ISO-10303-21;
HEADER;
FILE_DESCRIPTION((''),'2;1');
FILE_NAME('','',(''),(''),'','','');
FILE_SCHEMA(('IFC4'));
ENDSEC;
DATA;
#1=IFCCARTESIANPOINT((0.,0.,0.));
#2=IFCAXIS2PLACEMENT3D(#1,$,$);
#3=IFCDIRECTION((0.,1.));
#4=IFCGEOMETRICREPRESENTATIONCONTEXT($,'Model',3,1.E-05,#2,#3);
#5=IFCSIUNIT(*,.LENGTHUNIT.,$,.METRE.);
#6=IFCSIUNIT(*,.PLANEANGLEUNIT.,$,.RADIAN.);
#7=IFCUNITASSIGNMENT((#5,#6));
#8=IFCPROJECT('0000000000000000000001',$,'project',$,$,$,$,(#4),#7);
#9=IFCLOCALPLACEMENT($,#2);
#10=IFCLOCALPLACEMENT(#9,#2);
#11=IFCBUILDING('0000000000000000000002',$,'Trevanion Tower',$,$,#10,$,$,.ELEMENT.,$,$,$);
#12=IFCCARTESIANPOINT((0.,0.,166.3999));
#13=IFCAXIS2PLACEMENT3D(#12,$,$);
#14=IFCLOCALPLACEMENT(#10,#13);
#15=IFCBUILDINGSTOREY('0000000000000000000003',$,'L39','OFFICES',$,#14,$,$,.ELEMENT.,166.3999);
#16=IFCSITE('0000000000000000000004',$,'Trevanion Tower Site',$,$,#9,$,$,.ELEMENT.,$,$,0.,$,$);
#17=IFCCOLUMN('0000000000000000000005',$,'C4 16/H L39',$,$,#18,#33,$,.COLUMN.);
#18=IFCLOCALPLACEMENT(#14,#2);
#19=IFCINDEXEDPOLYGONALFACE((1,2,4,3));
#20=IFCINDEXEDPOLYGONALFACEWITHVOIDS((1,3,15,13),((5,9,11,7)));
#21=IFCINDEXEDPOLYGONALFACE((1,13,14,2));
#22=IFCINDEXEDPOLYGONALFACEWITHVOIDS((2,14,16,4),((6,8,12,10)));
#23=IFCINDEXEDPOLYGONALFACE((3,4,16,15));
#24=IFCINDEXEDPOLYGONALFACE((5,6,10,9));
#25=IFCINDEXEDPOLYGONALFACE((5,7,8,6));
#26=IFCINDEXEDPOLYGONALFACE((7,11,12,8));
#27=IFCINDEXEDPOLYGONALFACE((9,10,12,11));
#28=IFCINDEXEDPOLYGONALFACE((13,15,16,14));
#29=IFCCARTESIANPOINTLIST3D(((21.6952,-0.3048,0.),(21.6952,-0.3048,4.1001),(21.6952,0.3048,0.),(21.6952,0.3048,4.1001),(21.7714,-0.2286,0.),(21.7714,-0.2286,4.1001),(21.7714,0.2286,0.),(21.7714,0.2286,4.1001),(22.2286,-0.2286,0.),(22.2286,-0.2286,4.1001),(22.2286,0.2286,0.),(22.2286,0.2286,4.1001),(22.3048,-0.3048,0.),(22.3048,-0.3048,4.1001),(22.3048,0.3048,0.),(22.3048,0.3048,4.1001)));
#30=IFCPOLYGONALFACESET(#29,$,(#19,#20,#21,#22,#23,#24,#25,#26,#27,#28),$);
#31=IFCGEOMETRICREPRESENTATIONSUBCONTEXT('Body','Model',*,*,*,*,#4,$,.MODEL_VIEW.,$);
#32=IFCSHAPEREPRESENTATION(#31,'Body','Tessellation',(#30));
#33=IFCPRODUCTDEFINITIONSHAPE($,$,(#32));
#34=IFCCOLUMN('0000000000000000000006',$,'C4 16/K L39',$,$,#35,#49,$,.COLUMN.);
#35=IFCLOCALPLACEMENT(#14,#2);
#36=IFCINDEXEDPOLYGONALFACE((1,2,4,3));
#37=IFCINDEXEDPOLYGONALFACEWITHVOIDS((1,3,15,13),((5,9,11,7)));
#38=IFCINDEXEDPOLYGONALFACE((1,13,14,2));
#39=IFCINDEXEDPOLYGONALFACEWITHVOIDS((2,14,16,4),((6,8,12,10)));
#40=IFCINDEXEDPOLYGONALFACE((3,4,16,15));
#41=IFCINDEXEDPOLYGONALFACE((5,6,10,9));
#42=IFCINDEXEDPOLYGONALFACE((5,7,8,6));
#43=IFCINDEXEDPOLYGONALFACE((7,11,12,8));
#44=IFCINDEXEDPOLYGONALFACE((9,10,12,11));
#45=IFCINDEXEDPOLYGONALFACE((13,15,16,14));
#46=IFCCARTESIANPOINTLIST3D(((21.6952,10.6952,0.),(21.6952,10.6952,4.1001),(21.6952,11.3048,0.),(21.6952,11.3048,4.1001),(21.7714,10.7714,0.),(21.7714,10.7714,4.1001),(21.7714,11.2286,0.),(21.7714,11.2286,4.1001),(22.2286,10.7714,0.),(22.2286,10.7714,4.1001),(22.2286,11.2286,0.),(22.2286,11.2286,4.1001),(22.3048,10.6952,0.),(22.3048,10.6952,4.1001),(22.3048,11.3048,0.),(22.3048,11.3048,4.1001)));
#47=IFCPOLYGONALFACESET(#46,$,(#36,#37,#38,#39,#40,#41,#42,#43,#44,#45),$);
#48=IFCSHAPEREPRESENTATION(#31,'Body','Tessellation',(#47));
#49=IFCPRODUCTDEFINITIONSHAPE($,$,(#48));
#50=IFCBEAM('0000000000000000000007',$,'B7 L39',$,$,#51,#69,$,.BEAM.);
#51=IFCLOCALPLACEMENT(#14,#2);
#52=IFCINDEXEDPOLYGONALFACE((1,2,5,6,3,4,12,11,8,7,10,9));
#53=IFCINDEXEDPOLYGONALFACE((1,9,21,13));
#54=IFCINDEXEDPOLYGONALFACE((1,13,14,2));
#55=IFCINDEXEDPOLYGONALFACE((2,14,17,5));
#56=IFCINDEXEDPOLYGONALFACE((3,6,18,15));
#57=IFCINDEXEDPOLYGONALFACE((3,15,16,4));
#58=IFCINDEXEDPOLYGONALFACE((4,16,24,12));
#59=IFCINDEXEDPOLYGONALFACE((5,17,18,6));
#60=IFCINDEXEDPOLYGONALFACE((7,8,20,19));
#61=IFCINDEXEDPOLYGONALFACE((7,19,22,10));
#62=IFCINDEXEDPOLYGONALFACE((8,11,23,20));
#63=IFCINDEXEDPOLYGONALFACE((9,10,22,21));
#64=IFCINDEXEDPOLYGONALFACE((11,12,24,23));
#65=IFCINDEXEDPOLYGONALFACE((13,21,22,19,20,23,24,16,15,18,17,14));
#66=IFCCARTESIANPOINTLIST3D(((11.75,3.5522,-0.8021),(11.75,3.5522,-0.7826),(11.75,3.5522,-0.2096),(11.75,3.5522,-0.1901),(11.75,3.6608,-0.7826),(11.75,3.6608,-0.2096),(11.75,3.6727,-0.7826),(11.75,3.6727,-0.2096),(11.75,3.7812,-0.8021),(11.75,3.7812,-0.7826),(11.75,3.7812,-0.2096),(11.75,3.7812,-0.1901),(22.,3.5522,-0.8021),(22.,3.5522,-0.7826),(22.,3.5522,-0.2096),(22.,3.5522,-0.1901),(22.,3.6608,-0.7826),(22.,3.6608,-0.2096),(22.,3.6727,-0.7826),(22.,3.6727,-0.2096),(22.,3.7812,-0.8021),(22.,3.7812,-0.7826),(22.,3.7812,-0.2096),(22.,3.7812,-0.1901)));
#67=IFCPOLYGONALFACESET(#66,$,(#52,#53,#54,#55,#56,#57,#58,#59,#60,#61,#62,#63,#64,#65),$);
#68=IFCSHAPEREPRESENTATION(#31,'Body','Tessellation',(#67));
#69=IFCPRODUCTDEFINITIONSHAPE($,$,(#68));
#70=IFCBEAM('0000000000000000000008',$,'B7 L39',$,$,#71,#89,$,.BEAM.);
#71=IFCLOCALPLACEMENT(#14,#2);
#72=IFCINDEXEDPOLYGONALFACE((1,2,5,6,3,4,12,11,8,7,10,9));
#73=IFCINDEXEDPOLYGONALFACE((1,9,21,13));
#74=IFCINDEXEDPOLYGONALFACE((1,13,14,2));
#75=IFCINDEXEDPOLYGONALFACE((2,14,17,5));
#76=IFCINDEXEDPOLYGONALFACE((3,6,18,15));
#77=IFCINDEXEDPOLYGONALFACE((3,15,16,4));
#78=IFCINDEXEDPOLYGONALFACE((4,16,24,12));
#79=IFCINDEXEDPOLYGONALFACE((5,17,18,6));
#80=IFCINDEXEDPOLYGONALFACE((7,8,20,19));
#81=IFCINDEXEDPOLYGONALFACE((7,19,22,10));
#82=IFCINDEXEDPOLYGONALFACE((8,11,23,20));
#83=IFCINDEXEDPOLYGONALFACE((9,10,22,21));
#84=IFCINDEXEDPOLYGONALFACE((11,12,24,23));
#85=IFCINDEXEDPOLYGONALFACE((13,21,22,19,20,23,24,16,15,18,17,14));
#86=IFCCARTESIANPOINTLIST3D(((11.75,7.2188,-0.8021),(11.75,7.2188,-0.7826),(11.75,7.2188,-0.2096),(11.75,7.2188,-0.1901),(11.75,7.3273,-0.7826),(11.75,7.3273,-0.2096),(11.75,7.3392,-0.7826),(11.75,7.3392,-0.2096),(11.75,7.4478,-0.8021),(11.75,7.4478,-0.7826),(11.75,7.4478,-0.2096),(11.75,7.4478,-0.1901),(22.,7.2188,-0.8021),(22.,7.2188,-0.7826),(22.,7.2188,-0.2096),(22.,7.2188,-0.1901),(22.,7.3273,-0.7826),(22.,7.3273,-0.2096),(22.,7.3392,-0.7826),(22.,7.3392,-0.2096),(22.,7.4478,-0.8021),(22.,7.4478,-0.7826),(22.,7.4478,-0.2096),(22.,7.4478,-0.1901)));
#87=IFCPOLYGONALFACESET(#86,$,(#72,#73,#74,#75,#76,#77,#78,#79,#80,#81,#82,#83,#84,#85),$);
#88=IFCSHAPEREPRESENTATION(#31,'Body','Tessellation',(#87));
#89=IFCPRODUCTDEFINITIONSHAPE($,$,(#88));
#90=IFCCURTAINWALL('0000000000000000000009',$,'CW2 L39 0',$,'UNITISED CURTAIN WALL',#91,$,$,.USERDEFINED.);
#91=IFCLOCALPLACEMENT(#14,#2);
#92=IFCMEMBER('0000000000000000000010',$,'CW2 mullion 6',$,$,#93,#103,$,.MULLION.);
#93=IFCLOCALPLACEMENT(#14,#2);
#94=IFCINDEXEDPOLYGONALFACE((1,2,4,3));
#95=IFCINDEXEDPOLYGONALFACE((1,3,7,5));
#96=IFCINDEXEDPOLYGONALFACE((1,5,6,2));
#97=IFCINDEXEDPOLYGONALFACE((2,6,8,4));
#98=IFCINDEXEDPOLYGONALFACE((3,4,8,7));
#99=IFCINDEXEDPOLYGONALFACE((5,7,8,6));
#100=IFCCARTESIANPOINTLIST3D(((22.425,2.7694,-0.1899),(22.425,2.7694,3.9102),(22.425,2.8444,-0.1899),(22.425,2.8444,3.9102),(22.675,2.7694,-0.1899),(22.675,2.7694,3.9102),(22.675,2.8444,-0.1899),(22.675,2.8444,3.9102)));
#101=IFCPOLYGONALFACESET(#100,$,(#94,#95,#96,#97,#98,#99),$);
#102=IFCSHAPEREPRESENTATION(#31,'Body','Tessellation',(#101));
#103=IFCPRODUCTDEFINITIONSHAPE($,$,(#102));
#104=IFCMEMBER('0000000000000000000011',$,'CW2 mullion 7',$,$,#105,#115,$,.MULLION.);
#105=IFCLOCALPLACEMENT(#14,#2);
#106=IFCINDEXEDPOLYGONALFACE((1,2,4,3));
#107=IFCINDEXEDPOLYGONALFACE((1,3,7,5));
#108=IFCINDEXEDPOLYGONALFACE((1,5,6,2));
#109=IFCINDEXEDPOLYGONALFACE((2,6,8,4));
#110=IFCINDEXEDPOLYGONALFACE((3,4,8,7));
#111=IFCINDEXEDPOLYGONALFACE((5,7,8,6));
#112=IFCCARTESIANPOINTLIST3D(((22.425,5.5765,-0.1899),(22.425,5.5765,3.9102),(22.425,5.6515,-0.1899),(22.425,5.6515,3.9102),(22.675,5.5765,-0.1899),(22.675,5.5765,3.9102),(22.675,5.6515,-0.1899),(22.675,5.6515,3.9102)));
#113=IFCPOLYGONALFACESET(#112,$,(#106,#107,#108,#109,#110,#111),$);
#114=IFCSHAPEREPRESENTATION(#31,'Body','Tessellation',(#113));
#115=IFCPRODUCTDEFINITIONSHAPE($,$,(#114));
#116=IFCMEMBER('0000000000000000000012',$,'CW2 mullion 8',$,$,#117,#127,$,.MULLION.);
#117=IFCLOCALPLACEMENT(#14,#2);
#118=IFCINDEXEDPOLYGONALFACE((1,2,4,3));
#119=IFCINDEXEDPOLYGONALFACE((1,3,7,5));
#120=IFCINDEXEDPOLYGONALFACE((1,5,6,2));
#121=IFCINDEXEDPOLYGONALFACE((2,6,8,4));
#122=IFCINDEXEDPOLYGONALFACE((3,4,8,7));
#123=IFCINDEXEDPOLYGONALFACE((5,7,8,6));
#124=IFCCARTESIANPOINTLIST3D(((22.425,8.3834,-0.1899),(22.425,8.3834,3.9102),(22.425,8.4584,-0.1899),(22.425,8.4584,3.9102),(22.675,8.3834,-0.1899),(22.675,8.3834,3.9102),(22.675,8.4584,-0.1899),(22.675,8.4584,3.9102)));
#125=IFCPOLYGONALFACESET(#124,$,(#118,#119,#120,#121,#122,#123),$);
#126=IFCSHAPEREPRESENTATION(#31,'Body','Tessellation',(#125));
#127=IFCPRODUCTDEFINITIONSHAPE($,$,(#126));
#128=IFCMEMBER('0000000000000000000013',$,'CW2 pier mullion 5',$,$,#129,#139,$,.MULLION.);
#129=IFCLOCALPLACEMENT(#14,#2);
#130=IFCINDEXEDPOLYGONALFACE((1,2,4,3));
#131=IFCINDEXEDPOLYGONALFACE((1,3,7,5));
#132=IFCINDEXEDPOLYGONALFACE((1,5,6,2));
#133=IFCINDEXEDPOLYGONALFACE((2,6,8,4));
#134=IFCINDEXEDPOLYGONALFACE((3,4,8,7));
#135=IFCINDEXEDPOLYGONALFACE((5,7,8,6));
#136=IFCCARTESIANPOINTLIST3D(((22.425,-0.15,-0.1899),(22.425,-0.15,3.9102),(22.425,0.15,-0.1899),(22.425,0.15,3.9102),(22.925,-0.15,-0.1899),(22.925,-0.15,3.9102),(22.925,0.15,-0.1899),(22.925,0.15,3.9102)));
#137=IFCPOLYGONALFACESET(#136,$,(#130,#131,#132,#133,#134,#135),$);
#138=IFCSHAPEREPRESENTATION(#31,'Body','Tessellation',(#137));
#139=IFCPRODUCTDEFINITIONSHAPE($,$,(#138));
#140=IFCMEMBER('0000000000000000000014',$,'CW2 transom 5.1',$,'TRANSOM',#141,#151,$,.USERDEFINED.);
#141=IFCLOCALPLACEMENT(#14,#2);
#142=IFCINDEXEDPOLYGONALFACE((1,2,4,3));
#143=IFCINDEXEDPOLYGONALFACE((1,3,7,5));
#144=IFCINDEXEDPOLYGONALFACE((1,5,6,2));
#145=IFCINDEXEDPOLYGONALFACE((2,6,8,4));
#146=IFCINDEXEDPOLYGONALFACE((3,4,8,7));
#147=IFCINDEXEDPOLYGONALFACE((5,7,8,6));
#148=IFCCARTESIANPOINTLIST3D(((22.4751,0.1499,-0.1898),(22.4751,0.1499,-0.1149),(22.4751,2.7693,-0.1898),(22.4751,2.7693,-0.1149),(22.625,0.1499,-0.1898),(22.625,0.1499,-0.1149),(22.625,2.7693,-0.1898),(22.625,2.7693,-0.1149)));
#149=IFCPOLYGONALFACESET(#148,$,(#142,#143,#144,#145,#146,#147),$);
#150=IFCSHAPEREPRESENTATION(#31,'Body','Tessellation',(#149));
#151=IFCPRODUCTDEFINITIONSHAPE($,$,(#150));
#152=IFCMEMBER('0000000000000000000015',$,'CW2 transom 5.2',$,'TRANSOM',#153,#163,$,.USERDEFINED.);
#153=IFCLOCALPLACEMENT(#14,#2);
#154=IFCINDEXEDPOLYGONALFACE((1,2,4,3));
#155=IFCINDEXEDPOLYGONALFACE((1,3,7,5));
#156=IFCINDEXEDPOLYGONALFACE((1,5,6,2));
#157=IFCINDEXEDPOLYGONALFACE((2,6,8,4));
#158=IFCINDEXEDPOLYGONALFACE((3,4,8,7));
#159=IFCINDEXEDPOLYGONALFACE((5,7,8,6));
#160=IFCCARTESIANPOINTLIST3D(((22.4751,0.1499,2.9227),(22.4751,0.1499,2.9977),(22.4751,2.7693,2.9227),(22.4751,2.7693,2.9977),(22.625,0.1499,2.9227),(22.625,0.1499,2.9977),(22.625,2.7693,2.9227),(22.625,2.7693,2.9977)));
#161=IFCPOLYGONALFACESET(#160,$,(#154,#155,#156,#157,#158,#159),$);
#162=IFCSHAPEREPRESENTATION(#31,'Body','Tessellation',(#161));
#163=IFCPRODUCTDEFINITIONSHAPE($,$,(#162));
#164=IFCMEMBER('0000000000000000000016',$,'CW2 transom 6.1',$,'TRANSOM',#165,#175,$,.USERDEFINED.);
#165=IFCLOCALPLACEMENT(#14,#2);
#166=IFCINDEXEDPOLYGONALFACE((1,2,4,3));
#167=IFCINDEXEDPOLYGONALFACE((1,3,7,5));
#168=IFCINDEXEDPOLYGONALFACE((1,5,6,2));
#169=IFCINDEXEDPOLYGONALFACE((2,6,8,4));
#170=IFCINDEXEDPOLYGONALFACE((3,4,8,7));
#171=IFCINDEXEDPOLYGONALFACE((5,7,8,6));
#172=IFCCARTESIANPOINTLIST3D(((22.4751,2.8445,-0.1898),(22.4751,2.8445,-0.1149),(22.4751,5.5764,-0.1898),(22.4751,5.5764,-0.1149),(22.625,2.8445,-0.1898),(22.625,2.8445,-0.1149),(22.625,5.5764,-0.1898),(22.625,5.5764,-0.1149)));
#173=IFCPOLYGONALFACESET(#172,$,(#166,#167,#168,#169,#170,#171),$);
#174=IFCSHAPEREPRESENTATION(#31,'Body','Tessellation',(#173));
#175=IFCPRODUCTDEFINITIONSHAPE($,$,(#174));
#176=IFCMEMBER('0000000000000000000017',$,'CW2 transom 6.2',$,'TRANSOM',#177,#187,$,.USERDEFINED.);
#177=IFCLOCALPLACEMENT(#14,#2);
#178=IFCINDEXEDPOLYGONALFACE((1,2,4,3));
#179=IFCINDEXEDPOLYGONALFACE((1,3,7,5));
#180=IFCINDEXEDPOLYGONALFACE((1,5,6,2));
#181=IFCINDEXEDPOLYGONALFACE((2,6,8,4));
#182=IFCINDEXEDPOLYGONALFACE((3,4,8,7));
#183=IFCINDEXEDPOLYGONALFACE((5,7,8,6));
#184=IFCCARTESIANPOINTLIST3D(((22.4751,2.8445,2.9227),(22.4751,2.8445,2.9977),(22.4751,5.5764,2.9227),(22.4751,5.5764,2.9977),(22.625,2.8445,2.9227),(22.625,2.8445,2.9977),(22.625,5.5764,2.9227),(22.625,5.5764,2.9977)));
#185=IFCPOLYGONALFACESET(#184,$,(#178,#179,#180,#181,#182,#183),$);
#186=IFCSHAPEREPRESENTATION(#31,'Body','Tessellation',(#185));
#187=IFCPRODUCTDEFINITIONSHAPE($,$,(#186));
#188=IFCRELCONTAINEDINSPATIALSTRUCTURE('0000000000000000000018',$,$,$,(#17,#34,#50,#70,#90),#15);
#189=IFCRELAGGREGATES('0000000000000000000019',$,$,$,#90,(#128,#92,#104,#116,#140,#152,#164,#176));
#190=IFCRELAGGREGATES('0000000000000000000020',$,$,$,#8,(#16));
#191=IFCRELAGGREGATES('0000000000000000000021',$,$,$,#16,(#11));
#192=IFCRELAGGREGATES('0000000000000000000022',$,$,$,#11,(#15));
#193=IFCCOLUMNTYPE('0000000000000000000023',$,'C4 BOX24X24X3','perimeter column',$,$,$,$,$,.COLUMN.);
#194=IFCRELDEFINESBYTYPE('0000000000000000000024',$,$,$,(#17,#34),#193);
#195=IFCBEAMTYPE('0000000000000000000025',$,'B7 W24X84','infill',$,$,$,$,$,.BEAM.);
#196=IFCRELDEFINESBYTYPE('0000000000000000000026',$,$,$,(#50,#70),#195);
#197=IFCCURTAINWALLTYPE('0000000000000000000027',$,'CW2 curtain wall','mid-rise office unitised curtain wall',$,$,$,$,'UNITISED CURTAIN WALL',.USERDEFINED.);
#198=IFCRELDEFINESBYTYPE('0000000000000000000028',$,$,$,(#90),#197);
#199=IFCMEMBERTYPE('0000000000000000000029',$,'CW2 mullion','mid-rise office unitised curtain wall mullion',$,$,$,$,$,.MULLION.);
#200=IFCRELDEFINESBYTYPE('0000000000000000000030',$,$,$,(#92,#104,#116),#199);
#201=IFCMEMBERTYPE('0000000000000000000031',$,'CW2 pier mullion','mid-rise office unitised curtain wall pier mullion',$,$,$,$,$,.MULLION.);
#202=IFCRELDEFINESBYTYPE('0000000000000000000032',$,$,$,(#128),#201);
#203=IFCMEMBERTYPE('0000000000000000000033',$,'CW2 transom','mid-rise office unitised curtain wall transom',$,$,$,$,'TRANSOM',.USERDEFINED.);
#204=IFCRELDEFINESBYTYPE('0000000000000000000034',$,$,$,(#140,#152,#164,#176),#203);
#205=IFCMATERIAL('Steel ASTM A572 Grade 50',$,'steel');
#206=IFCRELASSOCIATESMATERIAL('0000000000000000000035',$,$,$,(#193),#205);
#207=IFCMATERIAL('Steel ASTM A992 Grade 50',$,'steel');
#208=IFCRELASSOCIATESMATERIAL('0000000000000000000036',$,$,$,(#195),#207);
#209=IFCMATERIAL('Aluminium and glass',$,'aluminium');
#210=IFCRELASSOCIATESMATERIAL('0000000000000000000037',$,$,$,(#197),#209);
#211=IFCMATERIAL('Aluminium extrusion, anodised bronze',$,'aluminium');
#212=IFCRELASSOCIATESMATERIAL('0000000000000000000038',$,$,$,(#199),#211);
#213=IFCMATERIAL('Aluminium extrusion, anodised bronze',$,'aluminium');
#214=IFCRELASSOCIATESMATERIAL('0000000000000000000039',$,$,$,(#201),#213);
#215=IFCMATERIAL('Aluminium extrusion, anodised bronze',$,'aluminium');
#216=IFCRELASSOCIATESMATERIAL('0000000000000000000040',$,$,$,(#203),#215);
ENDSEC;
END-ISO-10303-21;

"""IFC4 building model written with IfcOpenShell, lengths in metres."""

from ifc_helpers import new_model, si_unit, direction, frame, origin, origin_2d, place, context, subcontext, project, spatial, rectangle, hollow_rectangle, i_section, extrude, material, material_profile, profile_set, type_object, element, aggregate, save


model = new_model("IFC4")

# Units and contexts
model_context = context("Model", 3, precision=1e-05, world=origin(), true_north=direction((0.0, 1.0)))
body_context = subcontext(model_context, "Body", "Model", "MODEL_VIEW")
ifc_project = project(units=[si_unit("LENGTHUNIT", "METRE"), si_unit("PLANEANGLEUNIT", "RADIAN")], contexts=[model_context])

# Site, building, storey
site_placement = place(None, origin())
site = spatial("IfcSite", under=ifc_project, at=site_placement, Name="Trevanion Tower Site", CompositionType="ELEMENT", RefElevation=0.0)
building_placement = place(site_placement, origin())
building = spatial("IfcBuilding", under=site, at=building_placement, Name="Trevanion Tower", CompositionType="ELEMENT")
storey_placement = place(building_placement, frame((0.0, 0.0, 166.3999)))
storey = spatial("IfcBuildingStorey", under=building, at=storey_placement, Name="L39", Description="OFFICES", CompositionType="ELEMENT", Elevation=166.3999)

# Columns
ifc_material_1 = material(Name="Steel ASTM A572 Grade 50", Category="steel")
ifc_material_profile_1 = material_profile(ifc_material_1, hollow_rectangle(XDim=0.6096, YDim=0.6096, WallThickness=0.0762, at=origin_2d()), Name="BOX24X24X3")
ifc_profile_set_1 = profile_set([ifc_material_profile_1], Name="Steel ASTM A572 Grade 50")
column_type = type_object("IfcColumnType", Name="C4 BOX24X24X3", Description="perimeter column", PredefinedType="COLUMN", material=ifc_profile_set_1)
for number, where, z_axis, x_axis, name in (
    (1, (22.0, 0.0, 0.0), (0.0, 0.0, 1.0), (0.0, 1.0, 0.0), "C4 16/H L39"),
    (2, (22.0, 11.0, 0.0), (0.0, 0.0, 1.0), (0.0, 1.0, 0.0), "C4 16/K L39"),
):
    element("IfcColumn", number, at=place(storey_placement, frame(where, z_axis=z_axis, x_axis=x_axis)), inside=storey, type_object=column_type, Name=name, PredefinedType="COLUMN", context=body_context, shape_type="SweptSolid", body=[
        extrude(hollow_rectangle(XDim=0.6096, YDim=0.6096, WallThickness=0.0762, at=origin_2d()), origin(), (0.0, 0.0, 1.0), 4.1001),
    ])

# Beams
ifc_material_2 = material(Name="Steel ASTM A992 Grade 50", Category="steel")
ifc_material_profile_2 = material_profile(ifc_material_2, i_section(OverallWidth=0.229, OverallDepth=0.6121, WebThickness=0.012, FlangeThickness=0.0195, at=origin_2d()), Name="W24X84")
ifc_profile_set_2 = profile_set([ifc_material_profile_2], Name="Steel ASTM A992 Grade 50")
beam_type_1 = type_object("IfcBeamType", Name="B7 W24X84", Description="infill", PredefinedType="BEAM", material=ifc_profile_set_2)
for number, where, z_axis, x_axis, name in (
    (3, (11.75, 3.6667, -0.4961), (1.0, 0.0, 0.0), (0.0, 1.0, 0.0), "B7 L39"),
    (4, (11.75, 7.3333, -0.4961), (1.0, 0.0, 0.0), (0.0, 1.0, 0.0), "B7 L39"),
):
    element("IfcBeam", number, at=place(storey_placement, frame(where, z_axis=z_axis, x_axis=x_axis)), inside=storey, type_object=beam_type_1, Name=name, PredefinedType="BEAM", context=body_context, shape_type="SweptSolid", body=[
        extrude(i_section(OverallWidth=0.229, OverallDepth=0.6121, WebThickness=0.012, FlangeThickness=0.0195, at=origin_2d()), origin(), (0.0, 0.0, 1.0), 10.25),
    ])

# Curtain wall, members
ifc_material_3 = material(Name="Aluminium and glass", Category="aluminium")
curtain_wall_type = type_object("IfcCurtainWallType", Name="CW2 curtain wall", Description="mid-rise office unitised curtain wall", ElementType="UNITISED CURTAIN WALL", PredefinedType="USERDEFINED", material=ifc_material_3)
curtain_wall_placement = place(storey_placement, origin())
curtain_wall = element("IfcCurtainWall", 5, at=curtain_wall_placement, inside=storey, type_object=curtain_wall_type, Name="CW2 L39 0", ObjectType="UNITISED CURTAIN WALL", PredefinedType="USERDEFINED")
ifc_material_4 = material(Name="Aluminium extrusion, anodised bronze", Category="aluminium")
ifc_material_profile_3 = material_profile(ifc_material_4, rectangle(XDim=0.075, YDim=0.25, at=origin_2d()), Name="CW2 mullion")
ifc_profile_set_3 = profile_set([ifc_material_profile_3], Name="Aluminium extrusion, anodised bronze")
member_type_1 = type_object("IfcMemberType", Name="CW2 mullion", Description="mid-rise office unitised curtain wall mullion", PredefinedType="MULLION", material=ifc_profile_set_3)
member_1_placement = place(storey_placement, frame((22.55, 2.8069, -0.1899), z_axis=(0.0, 0.0, 1.0), x_axis=(0.0, 1.0, 0.0)))
member_1 = element("IfcMember", 6, at=member_1_placement, type_object=member_type_1, Name="CW2 mullion 6", PredefinedType="MULLION", context=body_context, shape_type="SweptSolid", body=[
    extrude(rectangle(XDim=0.075, YDim=0.25, at=origin_2d()), origin(), (0.0, 0.0, 1.0), 4.1001),
])
member_2_placement = place(storey_placement, frame((22.55, 5.614, -0.1899), z_axis=(0.0, 0.0, 1.0), x_axis=(0.0, 1.0, 0.0)))
member_2 = element("IfcMember", 7, at=member_2_placement, type_object=member_type_1, Name="CW2 mullion 7", PredefinedType="MULLION", context=body_context, shape_type="SweptSolid", body=[
    extrude(rectangle(XDim=0.075, YDim=0.25, at=origin_2d()), origin(), (0.0, 0.0, 1.0), 4.1001),
])
member_3_placement = place(storey_placement, frame((22.55, 8.4209, -0.1899), z_axis=(0.0, 0.0, 1.0), x_axis=(0.0, 1.0, 0.0)))
member_3 = element("IfcMember", 8, at=member_3_placement, type_object=member_type_1, Name="CW2 mullion 8", PredefinedType="MULLION", context=body_context, shape_type="SweptSolid", body=[
    extrude(rectangle(XDim=0.075, YDim=0.25, at=origin_2d()), origin(), (0.0, 0.0, 1.0), 4.1001),
])
ifc_material_5 = material(Name="Aluminium extrusion, anodised bronze", Category="aluminium")
ifc_material_profile_4 = material_profile(ifc_material_5, rectangle(XDim=0.3, YDim=0.5, at=origin_2d()), Name="CW2 pier mullion")
ifc_profile_set_4 = profile_set([ifc_material_profile_4], Name="Aluminium extrusion, anodised bronze")
member_type_2 = type_object("IfcMemberType", Name="CW2 pier mullion", Description="mid-rise office unitised curtain wall pier mullion", PredefinedType="MULLION", material=ifc_profile_set_4)
member_4_placement = place(storey_placement, frame((22.675, 0.0, -0.1899), z_axis=(0.0, 0.0, 1.0), x_axis=(0.0, 1.0, 0.0)))
member_4 = element("IfcMember", 9, at=member_4_placement, type_object=member_type_2, Name="CW2 pier mullion 5", PredefinedType="MULLION", context=body_context, shape_type="SweptSolid", body=[
    extrude(rectangle(XDim=0.3, YDim=0.5, at=origin_2d()), origin(), (0.0, 0.0, 1.0), 4.1001),
])
ifc_material_6 = material(Name="Aluminium extrusion, anodised bronze", Category="aluminium")
ifc_material_profile_5 = material_profile(ifc_material_6, rectangle(XDim=0.1499, YDim=0.075, at=origin_2d()), Name="CW2 transom")
ifc_profile_set_5 = profile_set([ifc_material_profile_5], Name="Aluminium extrusion, anodised bronze")
member_type_3 = type_object("IfcMemberType", Name="CW2 transom", Description="mid-rise office unitised curtain wall transom", ElementType="TRANSOM", PredefinedType="USERDEFINED", material=ifc_profile_set_5)
member_5_placement = place(storey_placement, frame((22.55, 0.1499, -0.1523), z_axis=(0.0, 1.0, 0.0), x_axis=(-1.0, 0.0, 0.0)))
member_5 = element("IfcMember", 10, at=member_5_placement, type_object=member_type_3, Name="CW2 transom 5.1", ObjectType="TRANSOM", PredefinedType="USERDEFINED", context=body_context, shape_type="SweptSolid", body=[
    extrude(rectangle(XDim=0.1499, YDim=0.075, at=origin_2d()), origin(), (0.0, 0.0, 1.0), 2.6194),
])
member_6_placement = place(storey_placement, frame((22.55, 0.1499, 2.9602), z_axis=(0.0, 1.0, 0.0), x_axis=(-1.0, 0.0, 0.0)))
member_6 = element("IfcMember", 11, at=member_6_placement, type_object=member_type_3, Name="CW2 transom 5.2", ObjectType="TRANSOM", PredefinedType="USERDEFINED", context=body_context, shape_type="SweptSolid", body=[
    extrude(rectangle(XDim=0.1499, YDim=0.075, at=origin_2d()), origin(), (0.0, 0.0, 1.0), 2.6194),
])
member_7_placement = place(storey_placement, frame((22.55, 2.8445, -0.1523), z_axis=(0.0, 1.0, 0.0), x_axis=(-1.0, 0.0, 0.0)))
member_7 = element("IfcMember", 12, at=member_7_placement, type_object=member_type_3, Name="CW2 transom 6.1", ObjectType="TRANSOM", PredefinedType="USERDEFINED", context=body_context, shape_type="SweptSolid", body=[
    extrude(rectangle(XDim=0.1499, YDim=0.075, at=origin_2d()), origin(), (0.0, 0.0, 1.0), 2.7319),
])
member_8_placement = place(storey_placement, frame((22.55, 2.8445, 2.9602), z_axis=(0.0, 1.0, 0.0), x_axis=(-1.0, 0.0, 0.0)))
member_8 = element("IfcMember", 13, at=member_8_placement, type_object=member_type_3, Name="CW2 transom 6.2", ObjectType="TRANSOM", PredefinedType="USERDEFINED", context=body_context, shape_type="SweptSolid", body=[
    extrude(rectangle(XDim=0.1499, YDim=0.075, at=origin_2d()), origin(), (0.0, 0.0, 1.0), 2.7319),
])

aggregate(curtain_wall, [member_4, member_1, member_2, member_3, member_5, member_6, member_7, member_8])

save(model, "model.ifc")
